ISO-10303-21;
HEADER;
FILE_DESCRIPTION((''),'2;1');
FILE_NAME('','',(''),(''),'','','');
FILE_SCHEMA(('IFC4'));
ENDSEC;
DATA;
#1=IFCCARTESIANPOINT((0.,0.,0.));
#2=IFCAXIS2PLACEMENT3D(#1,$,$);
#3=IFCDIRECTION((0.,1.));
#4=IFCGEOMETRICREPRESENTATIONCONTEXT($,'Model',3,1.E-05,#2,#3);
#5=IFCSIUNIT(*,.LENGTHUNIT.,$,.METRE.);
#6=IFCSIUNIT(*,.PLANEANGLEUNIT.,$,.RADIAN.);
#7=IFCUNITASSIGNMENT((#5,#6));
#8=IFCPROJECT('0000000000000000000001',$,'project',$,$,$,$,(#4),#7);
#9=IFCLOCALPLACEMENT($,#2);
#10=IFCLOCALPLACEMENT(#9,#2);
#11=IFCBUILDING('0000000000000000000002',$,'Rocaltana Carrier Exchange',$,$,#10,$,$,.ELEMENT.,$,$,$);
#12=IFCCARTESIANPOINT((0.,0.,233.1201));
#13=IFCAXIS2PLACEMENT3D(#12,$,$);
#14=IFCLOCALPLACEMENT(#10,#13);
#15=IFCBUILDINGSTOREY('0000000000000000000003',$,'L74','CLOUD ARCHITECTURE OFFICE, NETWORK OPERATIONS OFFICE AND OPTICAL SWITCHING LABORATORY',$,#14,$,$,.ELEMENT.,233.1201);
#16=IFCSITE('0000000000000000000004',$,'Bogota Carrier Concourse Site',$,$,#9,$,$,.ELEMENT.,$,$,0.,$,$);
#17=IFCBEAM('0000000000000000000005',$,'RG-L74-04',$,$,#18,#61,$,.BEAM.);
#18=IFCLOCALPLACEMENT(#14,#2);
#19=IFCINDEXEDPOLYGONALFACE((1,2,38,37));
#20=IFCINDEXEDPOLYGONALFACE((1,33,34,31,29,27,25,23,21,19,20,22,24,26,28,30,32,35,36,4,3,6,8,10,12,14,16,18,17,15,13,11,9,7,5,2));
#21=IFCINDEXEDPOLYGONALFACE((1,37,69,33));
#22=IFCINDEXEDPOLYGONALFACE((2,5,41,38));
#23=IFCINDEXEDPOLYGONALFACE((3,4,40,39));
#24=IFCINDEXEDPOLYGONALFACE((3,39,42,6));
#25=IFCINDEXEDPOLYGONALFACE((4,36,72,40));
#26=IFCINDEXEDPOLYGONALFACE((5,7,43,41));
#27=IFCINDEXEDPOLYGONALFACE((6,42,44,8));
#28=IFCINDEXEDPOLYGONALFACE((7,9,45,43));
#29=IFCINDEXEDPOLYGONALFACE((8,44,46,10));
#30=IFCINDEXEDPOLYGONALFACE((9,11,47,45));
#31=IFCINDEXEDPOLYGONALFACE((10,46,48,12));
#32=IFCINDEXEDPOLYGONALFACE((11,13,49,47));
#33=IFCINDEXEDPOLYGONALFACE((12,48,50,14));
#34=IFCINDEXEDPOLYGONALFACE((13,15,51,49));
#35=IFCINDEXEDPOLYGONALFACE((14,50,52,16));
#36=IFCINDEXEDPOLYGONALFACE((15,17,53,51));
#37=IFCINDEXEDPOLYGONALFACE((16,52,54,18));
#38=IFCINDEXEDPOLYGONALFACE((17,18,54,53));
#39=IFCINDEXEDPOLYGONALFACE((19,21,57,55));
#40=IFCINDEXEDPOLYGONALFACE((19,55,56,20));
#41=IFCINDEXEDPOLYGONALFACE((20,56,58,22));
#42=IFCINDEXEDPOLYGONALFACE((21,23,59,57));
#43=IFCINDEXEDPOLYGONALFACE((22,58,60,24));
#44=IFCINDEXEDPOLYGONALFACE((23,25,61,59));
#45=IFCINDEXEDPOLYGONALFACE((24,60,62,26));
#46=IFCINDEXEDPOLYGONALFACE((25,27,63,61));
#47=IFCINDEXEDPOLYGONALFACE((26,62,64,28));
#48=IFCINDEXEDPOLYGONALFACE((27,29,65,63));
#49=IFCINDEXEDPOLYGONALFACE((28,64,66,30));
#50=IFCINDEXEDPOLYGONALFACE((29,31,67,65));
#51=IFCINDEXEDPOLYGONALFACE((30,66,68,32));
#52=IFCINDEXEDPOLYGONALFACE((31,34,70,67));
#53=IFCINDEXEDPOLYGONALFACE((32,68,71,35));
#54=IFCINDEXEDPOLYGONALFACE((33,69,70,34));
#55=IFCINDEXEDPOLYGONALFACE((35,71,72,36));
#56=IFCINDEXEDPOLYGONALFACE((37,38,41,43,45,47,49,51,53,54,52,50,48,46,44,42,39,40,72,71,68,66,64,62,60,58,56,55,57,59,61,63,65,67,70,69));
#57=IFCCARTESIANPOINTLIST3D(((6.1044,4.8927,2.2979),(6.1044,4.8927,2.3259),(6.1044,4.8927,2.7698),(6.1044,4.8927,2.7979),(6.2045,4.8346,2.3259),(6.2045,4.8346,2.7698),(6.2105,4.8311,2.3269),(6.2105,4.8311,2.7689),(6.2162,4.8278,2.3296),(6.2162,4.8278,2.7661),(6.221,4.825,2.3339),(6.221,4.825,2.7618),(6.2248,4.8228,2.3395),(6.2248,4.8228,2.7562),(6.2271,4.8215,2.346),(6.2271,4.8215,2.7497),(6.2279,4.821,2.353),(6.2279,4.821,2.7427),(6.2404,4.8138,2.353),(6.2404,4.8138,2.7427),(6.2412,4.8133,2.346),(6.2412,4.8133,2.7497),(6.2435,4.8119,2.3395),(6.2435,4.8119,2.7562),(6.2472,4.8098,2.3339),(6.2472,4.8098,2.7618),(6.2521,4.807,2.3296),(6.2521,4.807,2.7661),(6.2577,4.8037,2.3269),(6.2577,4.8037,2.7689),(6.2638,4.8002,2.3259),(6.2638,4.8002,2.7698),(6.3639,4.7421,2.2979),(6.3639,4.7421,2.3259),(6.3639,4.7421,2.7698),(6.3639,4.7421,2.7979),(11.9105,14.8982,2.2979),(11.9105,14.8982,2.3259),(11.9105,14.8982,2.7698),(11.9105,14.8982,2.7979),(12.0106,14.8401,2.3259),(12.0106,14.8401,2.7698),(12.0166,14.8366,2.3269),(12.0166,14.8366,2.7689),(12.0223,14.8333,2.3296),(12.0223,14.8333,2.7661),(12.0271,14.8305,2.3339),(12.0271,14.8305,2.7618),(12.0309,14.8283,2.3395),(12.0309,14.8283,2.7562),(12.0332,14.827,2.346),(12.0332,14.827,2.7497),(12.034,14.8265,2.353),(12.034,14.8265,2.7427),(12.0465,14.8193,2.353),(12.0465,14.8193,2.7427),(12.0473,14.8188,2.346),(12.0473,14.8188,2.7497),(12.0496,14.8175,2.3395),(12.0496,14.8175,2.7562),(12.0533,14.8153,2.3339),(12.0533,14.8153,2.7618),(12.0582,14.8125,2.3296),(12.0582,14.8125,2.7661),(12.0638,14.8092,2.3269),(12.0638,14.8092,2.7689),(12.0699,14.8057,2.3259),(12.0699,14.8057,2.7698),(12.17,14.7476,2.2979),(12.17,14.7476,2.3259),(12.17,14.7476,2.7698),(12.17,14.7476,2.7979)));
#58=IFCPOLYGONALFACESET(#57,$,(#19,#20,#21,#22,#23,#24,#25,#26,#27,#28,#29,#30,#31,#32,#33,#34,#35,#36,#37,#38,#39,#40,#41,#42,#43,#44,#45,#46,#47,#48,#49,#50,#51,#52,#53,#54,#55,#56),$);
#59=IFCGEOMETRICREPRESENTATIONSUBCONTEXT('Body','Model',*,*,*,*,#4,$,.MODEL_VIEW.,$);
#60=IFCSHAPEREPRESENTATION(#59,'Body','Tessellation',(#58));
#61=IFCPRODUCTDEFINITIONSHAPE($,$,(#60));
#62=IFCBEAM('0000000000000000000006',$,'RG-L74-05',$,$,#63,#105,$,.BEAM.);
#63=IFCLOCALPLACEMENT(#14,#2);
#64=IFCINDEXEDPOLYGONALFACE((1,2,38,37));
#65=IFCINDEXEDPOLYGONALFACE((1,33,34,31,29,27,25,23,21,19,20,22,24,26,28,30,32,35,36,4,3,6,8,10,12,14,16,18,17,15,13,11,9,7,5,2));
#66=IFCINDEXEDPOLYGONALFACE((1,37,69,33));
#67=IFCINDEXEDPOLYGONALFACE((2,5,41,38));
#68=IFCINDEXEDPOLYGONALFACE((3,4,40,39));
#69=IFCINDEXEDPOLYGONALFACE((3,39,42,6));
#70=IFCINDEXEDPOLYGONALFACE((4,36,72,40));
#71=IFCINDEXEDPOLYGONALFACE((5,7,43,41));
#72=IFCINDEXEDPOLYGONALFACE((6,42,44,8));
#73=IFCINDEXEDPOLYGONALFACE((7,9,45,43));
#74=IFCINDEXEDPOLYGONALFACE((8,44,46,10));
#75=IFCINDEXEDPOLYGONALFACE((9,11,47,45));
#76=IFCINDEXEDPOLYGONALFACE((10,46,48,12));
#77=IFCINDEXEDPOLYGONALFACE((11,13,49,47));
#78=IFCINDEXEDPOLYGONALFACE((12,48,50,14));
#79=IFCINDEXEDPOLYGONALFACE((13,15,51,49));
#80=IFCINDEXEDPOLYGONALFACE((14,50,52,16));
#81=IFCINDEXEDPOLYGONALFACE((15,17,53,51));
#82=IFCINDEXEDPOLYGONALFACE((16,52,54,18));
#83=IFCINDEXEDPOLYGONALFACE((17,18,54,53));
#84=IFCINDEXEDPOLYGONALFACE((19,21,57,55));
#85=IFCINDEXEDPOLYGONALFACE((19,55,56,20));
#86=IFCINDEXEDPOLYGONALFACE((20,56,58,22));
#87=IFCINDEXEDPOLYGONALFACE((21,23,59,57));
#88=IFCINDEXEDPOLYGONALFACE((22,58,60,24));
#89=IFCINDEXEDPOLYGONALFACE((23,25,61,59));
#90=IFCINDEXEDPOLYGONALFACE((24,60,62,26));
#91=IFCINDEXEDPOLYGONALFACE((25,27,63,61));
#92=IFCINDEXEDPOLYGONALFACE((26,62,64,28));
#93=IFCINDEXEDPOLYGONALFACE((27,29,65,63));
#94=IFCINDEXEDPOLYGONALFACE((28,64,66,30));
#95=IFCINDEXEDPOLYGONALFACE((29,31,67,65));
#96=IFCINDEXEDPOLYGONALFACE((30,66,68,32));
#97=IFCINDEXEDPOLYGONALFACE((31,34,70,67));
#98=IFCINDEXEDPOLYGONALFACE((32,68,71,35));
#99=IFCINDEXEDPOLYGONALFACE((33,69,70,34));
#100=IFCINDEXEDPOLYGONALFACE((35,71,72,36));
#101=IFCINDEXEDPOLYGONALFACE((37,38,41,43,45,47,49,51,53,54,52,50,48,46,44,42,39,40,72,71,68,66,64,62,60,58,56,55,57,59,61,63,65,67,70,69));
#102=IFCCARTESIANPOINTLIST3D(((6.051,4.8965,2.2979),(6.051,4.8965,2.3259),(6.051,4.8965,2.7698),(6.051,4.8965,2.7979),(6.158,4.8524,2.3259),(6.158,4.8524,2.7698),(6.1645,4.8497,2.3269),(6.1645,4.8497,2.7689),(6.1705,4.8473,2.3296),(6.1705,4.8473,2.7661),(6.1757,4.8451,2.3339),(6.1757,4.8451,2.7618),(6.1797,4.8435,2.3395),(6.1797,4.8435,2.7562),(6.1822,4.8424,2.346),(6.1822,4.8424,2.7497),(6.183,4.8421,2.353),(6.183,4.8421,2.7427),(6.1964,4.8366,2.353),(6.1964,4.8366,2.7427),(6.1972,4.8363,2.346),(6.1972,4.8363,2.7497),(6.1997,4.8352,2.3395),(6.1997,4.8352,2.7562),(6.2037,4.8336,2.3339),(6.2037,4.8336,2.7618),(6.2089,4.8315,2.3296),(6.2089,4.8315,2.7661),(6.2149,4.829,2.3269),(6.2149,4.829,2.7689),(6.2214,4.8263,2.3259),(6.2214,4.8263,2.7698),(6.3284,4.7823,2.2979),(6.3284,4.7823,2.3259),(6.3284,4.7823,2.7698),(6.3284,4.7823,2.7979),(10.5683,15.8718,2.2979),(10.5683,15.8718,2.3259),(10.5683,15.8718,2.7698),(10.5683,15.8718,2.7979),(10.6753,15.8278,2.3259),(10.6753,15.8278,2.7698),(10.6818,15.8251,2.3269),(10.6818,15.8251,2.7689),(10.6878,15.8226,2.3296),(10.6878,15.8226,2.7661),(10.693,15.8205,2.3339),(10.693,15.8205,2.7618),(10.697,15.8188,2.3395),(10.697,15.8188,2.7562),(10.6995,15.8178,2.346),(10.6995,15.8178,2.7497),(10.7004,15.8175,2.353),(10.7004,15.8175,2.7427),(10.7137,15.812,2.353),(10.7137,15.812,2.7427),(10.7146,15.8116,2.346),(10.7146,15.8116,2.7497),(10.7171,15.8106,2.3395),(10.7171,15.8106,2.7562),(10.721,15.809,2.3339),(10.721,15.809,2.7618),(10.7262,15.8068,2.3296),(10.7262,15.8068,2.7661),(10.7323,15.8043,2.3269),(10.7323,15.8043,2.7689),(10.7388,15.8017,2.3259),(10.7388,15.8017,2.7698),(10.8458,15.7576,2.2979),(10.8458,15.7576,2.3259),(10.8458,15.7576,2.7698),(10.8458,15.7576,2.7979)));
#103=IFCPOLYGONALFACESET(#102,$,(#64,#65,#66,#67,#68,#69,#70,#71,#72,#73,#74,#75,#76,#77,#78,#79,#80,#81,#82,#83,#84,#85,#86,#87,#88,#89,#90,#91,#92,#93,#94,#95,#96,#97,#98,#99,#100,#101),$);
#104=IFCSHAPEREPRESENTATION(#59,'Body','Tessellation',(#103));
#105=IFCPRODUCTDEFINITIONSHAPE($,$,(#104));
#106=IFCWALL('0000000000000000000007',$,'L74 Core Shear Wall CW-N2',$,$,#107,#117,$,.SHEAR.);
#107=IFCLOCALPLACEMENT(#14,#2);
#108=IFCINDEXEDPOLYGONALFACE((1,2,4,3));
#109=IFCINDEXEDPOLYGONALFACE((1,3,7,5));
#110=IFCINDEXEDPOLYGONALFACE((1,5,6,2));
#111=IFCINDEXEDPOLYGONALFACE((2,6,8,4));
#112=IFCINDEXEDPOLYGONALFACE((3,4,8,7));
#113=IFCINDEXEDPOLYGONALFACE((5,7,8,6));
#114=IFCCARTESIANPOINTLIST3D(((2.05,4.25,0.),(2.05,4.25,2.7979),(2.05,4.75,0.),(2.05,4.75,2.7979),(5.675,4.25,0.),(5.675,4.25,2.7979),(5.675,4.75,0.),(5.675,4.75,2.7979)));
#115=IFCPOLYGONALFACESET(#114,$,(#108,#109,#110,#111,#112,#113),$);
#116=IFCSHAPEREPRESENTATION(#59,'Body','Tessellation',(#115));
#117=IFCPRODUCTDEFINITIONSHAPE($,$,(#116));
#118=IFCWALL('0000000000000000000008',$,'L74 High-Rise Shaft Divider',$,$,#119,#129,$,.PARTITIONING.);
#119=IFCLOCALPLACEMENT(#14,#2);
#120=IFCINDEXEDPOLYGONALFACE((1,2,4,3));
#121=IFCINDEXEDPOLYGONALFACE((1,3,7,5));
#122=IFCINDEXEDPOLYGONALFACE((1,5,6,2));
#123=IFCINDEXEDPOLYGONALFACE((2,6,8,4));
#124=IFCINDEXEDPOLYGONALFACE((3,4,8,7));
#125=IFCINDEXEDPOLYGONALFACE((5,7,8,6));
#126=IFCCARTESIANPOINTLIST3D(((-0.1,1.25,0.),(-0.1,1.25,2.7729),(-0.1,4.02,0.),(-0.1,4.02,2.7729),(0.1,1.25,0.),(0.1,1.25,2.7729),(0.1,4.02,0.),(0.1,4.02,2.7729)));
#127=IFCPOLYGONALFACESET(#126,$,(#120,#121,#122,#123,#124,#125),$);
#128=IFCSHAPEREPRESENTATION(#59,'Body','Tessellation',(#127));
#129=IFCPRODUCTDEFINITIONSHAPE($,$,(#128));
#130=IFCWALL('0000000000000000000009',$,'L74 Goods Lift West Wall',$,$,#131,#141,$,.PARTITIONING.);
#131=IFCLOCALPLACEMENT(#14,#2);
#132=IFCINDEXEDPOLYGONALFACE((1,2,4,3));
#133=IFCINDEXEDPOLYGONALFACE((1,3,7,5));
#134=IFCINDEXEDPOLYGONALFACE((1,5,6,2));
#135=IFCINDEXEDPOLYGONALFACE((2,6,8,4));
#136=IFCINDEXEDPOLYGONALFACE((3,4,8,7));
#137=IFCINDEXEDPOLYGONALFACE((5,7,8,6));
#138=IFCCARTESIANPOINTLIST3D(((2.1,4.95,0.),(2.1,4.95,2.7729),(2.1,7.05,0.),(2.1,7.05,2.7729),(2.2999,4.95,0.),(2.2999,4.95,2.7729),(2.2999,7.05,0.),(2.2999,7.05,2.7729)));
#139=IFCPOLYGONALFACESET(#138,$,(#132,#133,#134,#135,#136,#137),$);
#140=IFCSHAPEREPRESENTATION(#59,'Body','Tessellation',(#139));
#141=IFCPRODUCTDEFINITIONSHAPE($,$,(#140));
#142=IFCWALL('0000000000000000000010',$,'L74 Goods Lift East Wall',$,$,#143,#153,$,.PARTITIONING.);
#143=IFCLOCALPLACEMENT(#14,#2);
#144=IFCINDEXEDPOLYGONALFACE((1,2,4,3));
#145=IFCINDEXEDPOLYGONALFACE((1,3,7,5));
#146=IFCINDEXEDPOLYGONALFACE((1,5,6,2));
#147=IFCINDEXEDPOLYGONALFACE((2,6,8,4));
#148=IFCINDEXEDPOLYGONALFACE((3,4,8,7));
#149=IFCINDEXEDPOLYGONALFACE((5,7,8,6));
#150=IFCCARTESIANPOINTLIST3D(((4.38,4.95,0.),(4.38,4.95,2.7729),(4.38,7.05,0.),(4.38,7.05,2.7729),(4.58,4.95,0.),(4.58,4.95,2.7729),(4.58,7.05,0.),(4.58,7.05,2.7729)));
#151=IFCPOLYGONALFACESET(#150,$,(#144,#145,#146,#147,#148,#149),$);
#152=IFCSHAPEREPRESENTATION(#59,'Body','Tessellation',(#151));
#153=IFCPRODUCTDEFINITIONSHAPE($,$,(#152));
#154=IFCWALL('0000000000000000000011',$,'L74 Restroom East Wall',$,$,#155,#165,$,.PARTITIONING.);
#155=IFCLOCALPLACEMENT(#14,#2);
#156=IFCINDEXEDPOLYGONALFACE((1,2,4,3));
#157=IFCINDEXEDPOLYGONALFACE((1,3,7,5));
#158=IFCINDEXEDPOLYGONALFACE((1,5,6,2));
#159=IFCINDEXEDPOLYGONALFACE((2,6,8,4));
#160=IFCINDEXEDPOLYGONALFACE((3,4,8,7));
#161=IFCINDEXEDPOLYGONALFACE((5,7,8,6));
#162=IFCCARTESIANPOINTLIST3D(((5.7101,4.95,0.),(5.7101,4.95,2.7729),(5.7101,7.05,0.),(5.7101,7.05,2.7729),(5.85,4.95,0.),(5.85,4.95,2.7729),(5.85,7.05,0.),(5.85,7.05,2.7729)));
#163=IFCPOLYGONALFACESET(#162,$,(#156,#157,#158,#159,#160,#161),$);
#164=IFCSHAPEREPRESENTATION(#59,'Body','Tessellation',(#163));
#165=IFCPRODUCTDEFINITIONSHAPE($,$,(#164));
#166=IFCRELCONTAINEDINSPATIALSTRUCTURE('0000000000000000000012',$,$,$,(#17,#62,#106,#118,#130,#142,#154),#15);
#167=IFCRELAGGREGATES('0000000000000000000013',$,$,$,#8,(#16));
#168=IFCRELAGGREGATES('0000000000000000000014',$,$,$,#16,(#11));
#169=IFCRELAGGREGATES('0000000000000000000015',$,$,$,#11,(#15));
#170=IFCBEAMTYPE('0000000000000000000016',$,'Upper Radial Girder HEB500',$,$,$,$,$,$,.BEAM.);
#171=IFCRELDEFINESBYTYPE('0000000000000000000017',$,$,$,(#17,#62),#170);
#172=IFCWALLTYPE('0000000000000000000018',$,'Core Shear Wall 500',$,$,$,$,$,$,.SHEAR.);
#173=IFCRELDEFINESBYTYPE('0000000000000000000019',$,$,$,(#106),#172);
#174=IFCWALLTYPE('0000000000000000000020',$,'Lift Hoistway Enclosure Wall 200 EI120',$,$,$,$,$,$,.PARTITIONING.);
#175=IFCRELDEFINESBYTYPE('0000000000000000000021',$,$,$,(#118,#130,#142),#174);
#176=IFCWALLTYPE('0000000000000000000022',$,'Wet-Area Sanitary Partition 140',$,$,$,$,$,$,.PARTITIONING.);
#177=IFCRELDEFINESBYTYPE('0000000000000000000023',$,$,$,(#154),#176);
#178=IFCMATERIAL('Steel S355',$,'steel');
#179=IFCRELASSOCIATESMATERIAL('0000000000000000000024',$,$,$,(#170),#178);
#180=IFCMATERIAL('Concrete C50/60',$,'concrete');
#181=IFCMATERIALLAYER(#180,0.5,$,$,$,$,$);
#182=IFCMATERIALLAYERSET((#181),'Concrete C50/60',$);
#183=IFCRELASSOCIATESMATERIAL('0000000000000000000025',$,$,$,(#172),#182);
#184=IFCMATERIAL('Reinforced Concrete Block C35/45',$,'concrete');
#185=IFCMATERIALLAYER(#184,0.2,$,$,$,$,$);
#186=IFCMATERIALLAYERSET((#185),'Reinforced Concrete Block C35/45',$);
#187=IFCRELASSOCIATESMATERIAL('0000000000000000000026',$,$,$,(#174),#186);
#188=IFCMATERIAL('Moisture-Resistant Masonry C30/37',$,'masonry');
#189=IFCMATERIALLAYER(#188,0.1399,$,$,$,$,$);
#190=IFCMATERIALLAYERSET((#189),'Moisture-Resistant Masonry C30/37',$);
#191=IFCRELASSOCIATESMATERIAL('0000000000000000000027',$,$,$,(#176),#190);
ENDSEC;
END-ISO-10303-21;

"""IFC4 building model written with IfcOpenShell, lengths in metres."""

from ifc_helpers import new_model, si_unit, direction, frame, frame_2d, origin, origin_2d, place, context, subcontext, project, spatial, rectangle, i_section, extrude, material, layer, layer_set, material_profile, profile_set, type_object, element, save


model = new_model("IFC4")

# Units and contexts
model_context = context("Model", 3, precision=1e-05, world=origin(), true_north=direction((0.0, 1.0)))
body_context = subcontext(model_context, "Body", "Model", "MODEL_VIEW")
ifc_project = project(units=[si_unit("LENGTHUNIT", "METRE"), si_unit("PLANEANGLEUNIT", "RADIAN")], contexts=[model_context])

# Site, building, storey
site_placement = place(None, origin())
site = spatial("IfcSite", under=ifc_project, at=site_placement, Name="Bogota Carrier Concourse Site", CompositionType="ELEMENT", RefElevation=0.0)
building_placement = place(site_placement, origin())
building = spatial("IfcBuilding", under=site, at=building_placement, Name="Rocaltana Carrier Exchange", CompositionType="ELEMENT")
storey_placement = place(building_placement, frame((0.0, 0.0, 233.1201)))
storey = spatial("IfcBuildingStorey", under=building, at=storey_placement, Name="L74", Description="CLOUD ARCHITECTURE OFFICE, NETWORK OPERATIONS OFFICE AND OPTICAL SWITCHING LABORATORY", CompositionType="ELEMENT", Elevation=233.1201)

# Beams
ifc_material_1 = material(Name="Steel S355", Category="steel")
ifc_material_profile_1 = material_profile(ifc_material_1, i_section(OverallWidth=0.3, OverallDepth=0.5, WebThickness=0.0144, FlangeThickness=0.0281, FilletRadius=0.0271, at=origin_2d()), Name="HEB500")
ifc_profile_set_1 = profile_set([ifc_material_profile_1], Name="Steel S355")
beam_type_1 = type_object("IfcBeamType", Name="Upper Radial Girder HEB500", PredefinedType="BEAM", material=ifc_profile_set_1)
beam_1_placement = place(storey_placement, frame((6.2341, 4.8174, 2.5479), z_axis=(0.501905, 0.864923, 0.0), x_axis=(-0.864923, 0.501905, 0.0)))
element("IfcBeam", 1, at=beam_1_placement, inside=storey, type_object=beam_type_1, Name="RG-L74-04", PredefinedType="BEAM", context=body_context, shape_type="SweptSolid", body=[
    extrude(i_section(OverallWidth=0.3, OverallDepth=0.5, WebThickness=0.0144, FlangeThickness=0.0281, FilletRadius=0.0271, at=origin_2d()), origin(), (0.0, 0.0, 1.0), 11.5681),
])
beam_2_placement = place(storey_placement, frame((6.1897, 4.8394, 2.5479), z_axis=(0.380611, 0.924735, 0.0), x_axis=(-0.924735, 0.380611, 0.0)))
element("IfcBeam", 2, at=beam_2_placement, inside=storey, type_object=beam_type_1, Name="RG-L74-05", PredefinedType="BEAM", context=body_context, shape_type="SweptSolid", body=[
    extrude(i_section(OverallWidth=0.3, OverallDepth=0.5, WebThickness=0.0144, FlangeThickness=0.0281, FilletRadius=0.0271, at=origin_2d()), origin(), (0.0, 0.0, 1.0), 11.8687),
])

# Walls
ifc_material_2 = material(Name="Concrete C50/60", Category="concrete")
ifc_layer_1 = layer(ifc_material_2, 0.5)
ifc_layer_set_1 = layer_set([ifc_layer_1], Name="Concrete C50/60")
wall_type_1 = type_object("IfcWallType", Name="Core Shear Wall 500", PredefinedType="SHEAR", material=ifc_layer_set_1)
wall_1_placement = place(storey_placement, frame((2.05, 4.5, 0.0), z_axis=(0.0, 0.0, 1.0), x_axis=(1.0, 0.0, 0.0)))
element("IfcWall", 3, at=wall_1_placement, inside=storey, type_object=wall_type_1, Name="L74 Core Shear Wall CW-N2", PredefinedType="SHEAR", context=body_context, shape_type="SweptSolid", body=[
    extrude(rectangle(XDim=3.625, YDim=0.5, at=frame_2d((1.8125, 0.0))), origin(), (0.0, 0.0, 1.0), 2.7979),
])
ifc_material_3 = material(Name="Reinforced Concrete Block C35/45", Category="concrete")
ifc_layer_2 = layer(ifc_material_3, 0.2)
ifc_layer_set_2 = layer_set([ifc_layer_2], Name="Reinforced Concrete Block C35/45")
wall_type_2 = type_object("IfcWallType", Name="Lift Hoistway Enclosure Wall 200 EI120", PredefinedType="PARTITIONING", material=ifc_layer_set_2)
wall_2_placement = place(storey_placement, frame((0.0, 1.25, 0.0), z_axis=(0.0, 0.0, 1.0), x_axis=(0.0, 1.0, 0.0)))
element("IfcWall", 4, at=wall_2_placement, inside=storey, type_object=wall_type_2, Name="L74 High-Rise Shaft Divider", PredefinedType="PARTITIONING", context=body_context, shape_type="SweptSolid", body=[
    extrude(rectangle(XDim=2.77, YDim=0.2, at=frame_2d((1.385, 0.0))), origin(), (0.0, 0.0, 1.0), 2.7729),
])
for number, where, z_axis, x_axis, name in (
    (5, (2.2, 4.95, 0.0), (0.0, 0.0, 1.0), (0.0, 1.0, 0.0), "L74 Goods Lift West Wall"),
    (6, (4.48, 4.95, 0.0), (0.0, 0.0, 1.0), (0.0, 1.0, 0.0), "L74 Goods Lift East Wall"),
):
    element("IfcWall", number, at=place(storey_placement, frame(where, z_axis=z_axis, x_axis=x_axis)), inside=storey, type_object=wall_type_2, Name=name, PredefinedType="PARTITIONING", context=body_context, shape_type="SweptSolid", body=[
        extrude(rectangle(XDim=2.1001, YDim=0.2, at=frame_2d((1.05, 0.0))), origin(), (0.0, 0.0, 1.0), 2.7729),
    ])
ifc_material_4 = material(Name="Moisture-Resistant Masonry C30/37", Category="masonry")
ifc_layer_3 = layer(ifc_material_4, 0.1399)
ifc_layer_set_3 = layer_set([ifc_layer_3], Name="Moisture-Resistant Masonry C30/37")
wall_type_3 = type_object("IfcWallType", Name="Wet-Area Sanitary Partition 140", PredefinedType="PARTITIONING", material=ifc_layer_set_3)
wall_3_placement = place(storey_placement, frame((5.78, 4.95, 0.0), z_axis=(0.0, 0.0, 1.0), x_axis=(0.0, 1.0, 0.0)))
element("IfcWall", 7, at=wall_3_placement, inside=storey, type_object=wall_type_3, Name="L74 Restroom East Wall", PredefinedType="PARTITIONING", context=body_context, shape_type="SweptSolid", body=[
    extrude(rectangle(XDim=2.1001, YDim=0.1399, at=frame_2d((1.05, 0.0))), origin(), (0.0, 0.0, 1.0), 2.7729),
])

save(model, "model.ifc")
